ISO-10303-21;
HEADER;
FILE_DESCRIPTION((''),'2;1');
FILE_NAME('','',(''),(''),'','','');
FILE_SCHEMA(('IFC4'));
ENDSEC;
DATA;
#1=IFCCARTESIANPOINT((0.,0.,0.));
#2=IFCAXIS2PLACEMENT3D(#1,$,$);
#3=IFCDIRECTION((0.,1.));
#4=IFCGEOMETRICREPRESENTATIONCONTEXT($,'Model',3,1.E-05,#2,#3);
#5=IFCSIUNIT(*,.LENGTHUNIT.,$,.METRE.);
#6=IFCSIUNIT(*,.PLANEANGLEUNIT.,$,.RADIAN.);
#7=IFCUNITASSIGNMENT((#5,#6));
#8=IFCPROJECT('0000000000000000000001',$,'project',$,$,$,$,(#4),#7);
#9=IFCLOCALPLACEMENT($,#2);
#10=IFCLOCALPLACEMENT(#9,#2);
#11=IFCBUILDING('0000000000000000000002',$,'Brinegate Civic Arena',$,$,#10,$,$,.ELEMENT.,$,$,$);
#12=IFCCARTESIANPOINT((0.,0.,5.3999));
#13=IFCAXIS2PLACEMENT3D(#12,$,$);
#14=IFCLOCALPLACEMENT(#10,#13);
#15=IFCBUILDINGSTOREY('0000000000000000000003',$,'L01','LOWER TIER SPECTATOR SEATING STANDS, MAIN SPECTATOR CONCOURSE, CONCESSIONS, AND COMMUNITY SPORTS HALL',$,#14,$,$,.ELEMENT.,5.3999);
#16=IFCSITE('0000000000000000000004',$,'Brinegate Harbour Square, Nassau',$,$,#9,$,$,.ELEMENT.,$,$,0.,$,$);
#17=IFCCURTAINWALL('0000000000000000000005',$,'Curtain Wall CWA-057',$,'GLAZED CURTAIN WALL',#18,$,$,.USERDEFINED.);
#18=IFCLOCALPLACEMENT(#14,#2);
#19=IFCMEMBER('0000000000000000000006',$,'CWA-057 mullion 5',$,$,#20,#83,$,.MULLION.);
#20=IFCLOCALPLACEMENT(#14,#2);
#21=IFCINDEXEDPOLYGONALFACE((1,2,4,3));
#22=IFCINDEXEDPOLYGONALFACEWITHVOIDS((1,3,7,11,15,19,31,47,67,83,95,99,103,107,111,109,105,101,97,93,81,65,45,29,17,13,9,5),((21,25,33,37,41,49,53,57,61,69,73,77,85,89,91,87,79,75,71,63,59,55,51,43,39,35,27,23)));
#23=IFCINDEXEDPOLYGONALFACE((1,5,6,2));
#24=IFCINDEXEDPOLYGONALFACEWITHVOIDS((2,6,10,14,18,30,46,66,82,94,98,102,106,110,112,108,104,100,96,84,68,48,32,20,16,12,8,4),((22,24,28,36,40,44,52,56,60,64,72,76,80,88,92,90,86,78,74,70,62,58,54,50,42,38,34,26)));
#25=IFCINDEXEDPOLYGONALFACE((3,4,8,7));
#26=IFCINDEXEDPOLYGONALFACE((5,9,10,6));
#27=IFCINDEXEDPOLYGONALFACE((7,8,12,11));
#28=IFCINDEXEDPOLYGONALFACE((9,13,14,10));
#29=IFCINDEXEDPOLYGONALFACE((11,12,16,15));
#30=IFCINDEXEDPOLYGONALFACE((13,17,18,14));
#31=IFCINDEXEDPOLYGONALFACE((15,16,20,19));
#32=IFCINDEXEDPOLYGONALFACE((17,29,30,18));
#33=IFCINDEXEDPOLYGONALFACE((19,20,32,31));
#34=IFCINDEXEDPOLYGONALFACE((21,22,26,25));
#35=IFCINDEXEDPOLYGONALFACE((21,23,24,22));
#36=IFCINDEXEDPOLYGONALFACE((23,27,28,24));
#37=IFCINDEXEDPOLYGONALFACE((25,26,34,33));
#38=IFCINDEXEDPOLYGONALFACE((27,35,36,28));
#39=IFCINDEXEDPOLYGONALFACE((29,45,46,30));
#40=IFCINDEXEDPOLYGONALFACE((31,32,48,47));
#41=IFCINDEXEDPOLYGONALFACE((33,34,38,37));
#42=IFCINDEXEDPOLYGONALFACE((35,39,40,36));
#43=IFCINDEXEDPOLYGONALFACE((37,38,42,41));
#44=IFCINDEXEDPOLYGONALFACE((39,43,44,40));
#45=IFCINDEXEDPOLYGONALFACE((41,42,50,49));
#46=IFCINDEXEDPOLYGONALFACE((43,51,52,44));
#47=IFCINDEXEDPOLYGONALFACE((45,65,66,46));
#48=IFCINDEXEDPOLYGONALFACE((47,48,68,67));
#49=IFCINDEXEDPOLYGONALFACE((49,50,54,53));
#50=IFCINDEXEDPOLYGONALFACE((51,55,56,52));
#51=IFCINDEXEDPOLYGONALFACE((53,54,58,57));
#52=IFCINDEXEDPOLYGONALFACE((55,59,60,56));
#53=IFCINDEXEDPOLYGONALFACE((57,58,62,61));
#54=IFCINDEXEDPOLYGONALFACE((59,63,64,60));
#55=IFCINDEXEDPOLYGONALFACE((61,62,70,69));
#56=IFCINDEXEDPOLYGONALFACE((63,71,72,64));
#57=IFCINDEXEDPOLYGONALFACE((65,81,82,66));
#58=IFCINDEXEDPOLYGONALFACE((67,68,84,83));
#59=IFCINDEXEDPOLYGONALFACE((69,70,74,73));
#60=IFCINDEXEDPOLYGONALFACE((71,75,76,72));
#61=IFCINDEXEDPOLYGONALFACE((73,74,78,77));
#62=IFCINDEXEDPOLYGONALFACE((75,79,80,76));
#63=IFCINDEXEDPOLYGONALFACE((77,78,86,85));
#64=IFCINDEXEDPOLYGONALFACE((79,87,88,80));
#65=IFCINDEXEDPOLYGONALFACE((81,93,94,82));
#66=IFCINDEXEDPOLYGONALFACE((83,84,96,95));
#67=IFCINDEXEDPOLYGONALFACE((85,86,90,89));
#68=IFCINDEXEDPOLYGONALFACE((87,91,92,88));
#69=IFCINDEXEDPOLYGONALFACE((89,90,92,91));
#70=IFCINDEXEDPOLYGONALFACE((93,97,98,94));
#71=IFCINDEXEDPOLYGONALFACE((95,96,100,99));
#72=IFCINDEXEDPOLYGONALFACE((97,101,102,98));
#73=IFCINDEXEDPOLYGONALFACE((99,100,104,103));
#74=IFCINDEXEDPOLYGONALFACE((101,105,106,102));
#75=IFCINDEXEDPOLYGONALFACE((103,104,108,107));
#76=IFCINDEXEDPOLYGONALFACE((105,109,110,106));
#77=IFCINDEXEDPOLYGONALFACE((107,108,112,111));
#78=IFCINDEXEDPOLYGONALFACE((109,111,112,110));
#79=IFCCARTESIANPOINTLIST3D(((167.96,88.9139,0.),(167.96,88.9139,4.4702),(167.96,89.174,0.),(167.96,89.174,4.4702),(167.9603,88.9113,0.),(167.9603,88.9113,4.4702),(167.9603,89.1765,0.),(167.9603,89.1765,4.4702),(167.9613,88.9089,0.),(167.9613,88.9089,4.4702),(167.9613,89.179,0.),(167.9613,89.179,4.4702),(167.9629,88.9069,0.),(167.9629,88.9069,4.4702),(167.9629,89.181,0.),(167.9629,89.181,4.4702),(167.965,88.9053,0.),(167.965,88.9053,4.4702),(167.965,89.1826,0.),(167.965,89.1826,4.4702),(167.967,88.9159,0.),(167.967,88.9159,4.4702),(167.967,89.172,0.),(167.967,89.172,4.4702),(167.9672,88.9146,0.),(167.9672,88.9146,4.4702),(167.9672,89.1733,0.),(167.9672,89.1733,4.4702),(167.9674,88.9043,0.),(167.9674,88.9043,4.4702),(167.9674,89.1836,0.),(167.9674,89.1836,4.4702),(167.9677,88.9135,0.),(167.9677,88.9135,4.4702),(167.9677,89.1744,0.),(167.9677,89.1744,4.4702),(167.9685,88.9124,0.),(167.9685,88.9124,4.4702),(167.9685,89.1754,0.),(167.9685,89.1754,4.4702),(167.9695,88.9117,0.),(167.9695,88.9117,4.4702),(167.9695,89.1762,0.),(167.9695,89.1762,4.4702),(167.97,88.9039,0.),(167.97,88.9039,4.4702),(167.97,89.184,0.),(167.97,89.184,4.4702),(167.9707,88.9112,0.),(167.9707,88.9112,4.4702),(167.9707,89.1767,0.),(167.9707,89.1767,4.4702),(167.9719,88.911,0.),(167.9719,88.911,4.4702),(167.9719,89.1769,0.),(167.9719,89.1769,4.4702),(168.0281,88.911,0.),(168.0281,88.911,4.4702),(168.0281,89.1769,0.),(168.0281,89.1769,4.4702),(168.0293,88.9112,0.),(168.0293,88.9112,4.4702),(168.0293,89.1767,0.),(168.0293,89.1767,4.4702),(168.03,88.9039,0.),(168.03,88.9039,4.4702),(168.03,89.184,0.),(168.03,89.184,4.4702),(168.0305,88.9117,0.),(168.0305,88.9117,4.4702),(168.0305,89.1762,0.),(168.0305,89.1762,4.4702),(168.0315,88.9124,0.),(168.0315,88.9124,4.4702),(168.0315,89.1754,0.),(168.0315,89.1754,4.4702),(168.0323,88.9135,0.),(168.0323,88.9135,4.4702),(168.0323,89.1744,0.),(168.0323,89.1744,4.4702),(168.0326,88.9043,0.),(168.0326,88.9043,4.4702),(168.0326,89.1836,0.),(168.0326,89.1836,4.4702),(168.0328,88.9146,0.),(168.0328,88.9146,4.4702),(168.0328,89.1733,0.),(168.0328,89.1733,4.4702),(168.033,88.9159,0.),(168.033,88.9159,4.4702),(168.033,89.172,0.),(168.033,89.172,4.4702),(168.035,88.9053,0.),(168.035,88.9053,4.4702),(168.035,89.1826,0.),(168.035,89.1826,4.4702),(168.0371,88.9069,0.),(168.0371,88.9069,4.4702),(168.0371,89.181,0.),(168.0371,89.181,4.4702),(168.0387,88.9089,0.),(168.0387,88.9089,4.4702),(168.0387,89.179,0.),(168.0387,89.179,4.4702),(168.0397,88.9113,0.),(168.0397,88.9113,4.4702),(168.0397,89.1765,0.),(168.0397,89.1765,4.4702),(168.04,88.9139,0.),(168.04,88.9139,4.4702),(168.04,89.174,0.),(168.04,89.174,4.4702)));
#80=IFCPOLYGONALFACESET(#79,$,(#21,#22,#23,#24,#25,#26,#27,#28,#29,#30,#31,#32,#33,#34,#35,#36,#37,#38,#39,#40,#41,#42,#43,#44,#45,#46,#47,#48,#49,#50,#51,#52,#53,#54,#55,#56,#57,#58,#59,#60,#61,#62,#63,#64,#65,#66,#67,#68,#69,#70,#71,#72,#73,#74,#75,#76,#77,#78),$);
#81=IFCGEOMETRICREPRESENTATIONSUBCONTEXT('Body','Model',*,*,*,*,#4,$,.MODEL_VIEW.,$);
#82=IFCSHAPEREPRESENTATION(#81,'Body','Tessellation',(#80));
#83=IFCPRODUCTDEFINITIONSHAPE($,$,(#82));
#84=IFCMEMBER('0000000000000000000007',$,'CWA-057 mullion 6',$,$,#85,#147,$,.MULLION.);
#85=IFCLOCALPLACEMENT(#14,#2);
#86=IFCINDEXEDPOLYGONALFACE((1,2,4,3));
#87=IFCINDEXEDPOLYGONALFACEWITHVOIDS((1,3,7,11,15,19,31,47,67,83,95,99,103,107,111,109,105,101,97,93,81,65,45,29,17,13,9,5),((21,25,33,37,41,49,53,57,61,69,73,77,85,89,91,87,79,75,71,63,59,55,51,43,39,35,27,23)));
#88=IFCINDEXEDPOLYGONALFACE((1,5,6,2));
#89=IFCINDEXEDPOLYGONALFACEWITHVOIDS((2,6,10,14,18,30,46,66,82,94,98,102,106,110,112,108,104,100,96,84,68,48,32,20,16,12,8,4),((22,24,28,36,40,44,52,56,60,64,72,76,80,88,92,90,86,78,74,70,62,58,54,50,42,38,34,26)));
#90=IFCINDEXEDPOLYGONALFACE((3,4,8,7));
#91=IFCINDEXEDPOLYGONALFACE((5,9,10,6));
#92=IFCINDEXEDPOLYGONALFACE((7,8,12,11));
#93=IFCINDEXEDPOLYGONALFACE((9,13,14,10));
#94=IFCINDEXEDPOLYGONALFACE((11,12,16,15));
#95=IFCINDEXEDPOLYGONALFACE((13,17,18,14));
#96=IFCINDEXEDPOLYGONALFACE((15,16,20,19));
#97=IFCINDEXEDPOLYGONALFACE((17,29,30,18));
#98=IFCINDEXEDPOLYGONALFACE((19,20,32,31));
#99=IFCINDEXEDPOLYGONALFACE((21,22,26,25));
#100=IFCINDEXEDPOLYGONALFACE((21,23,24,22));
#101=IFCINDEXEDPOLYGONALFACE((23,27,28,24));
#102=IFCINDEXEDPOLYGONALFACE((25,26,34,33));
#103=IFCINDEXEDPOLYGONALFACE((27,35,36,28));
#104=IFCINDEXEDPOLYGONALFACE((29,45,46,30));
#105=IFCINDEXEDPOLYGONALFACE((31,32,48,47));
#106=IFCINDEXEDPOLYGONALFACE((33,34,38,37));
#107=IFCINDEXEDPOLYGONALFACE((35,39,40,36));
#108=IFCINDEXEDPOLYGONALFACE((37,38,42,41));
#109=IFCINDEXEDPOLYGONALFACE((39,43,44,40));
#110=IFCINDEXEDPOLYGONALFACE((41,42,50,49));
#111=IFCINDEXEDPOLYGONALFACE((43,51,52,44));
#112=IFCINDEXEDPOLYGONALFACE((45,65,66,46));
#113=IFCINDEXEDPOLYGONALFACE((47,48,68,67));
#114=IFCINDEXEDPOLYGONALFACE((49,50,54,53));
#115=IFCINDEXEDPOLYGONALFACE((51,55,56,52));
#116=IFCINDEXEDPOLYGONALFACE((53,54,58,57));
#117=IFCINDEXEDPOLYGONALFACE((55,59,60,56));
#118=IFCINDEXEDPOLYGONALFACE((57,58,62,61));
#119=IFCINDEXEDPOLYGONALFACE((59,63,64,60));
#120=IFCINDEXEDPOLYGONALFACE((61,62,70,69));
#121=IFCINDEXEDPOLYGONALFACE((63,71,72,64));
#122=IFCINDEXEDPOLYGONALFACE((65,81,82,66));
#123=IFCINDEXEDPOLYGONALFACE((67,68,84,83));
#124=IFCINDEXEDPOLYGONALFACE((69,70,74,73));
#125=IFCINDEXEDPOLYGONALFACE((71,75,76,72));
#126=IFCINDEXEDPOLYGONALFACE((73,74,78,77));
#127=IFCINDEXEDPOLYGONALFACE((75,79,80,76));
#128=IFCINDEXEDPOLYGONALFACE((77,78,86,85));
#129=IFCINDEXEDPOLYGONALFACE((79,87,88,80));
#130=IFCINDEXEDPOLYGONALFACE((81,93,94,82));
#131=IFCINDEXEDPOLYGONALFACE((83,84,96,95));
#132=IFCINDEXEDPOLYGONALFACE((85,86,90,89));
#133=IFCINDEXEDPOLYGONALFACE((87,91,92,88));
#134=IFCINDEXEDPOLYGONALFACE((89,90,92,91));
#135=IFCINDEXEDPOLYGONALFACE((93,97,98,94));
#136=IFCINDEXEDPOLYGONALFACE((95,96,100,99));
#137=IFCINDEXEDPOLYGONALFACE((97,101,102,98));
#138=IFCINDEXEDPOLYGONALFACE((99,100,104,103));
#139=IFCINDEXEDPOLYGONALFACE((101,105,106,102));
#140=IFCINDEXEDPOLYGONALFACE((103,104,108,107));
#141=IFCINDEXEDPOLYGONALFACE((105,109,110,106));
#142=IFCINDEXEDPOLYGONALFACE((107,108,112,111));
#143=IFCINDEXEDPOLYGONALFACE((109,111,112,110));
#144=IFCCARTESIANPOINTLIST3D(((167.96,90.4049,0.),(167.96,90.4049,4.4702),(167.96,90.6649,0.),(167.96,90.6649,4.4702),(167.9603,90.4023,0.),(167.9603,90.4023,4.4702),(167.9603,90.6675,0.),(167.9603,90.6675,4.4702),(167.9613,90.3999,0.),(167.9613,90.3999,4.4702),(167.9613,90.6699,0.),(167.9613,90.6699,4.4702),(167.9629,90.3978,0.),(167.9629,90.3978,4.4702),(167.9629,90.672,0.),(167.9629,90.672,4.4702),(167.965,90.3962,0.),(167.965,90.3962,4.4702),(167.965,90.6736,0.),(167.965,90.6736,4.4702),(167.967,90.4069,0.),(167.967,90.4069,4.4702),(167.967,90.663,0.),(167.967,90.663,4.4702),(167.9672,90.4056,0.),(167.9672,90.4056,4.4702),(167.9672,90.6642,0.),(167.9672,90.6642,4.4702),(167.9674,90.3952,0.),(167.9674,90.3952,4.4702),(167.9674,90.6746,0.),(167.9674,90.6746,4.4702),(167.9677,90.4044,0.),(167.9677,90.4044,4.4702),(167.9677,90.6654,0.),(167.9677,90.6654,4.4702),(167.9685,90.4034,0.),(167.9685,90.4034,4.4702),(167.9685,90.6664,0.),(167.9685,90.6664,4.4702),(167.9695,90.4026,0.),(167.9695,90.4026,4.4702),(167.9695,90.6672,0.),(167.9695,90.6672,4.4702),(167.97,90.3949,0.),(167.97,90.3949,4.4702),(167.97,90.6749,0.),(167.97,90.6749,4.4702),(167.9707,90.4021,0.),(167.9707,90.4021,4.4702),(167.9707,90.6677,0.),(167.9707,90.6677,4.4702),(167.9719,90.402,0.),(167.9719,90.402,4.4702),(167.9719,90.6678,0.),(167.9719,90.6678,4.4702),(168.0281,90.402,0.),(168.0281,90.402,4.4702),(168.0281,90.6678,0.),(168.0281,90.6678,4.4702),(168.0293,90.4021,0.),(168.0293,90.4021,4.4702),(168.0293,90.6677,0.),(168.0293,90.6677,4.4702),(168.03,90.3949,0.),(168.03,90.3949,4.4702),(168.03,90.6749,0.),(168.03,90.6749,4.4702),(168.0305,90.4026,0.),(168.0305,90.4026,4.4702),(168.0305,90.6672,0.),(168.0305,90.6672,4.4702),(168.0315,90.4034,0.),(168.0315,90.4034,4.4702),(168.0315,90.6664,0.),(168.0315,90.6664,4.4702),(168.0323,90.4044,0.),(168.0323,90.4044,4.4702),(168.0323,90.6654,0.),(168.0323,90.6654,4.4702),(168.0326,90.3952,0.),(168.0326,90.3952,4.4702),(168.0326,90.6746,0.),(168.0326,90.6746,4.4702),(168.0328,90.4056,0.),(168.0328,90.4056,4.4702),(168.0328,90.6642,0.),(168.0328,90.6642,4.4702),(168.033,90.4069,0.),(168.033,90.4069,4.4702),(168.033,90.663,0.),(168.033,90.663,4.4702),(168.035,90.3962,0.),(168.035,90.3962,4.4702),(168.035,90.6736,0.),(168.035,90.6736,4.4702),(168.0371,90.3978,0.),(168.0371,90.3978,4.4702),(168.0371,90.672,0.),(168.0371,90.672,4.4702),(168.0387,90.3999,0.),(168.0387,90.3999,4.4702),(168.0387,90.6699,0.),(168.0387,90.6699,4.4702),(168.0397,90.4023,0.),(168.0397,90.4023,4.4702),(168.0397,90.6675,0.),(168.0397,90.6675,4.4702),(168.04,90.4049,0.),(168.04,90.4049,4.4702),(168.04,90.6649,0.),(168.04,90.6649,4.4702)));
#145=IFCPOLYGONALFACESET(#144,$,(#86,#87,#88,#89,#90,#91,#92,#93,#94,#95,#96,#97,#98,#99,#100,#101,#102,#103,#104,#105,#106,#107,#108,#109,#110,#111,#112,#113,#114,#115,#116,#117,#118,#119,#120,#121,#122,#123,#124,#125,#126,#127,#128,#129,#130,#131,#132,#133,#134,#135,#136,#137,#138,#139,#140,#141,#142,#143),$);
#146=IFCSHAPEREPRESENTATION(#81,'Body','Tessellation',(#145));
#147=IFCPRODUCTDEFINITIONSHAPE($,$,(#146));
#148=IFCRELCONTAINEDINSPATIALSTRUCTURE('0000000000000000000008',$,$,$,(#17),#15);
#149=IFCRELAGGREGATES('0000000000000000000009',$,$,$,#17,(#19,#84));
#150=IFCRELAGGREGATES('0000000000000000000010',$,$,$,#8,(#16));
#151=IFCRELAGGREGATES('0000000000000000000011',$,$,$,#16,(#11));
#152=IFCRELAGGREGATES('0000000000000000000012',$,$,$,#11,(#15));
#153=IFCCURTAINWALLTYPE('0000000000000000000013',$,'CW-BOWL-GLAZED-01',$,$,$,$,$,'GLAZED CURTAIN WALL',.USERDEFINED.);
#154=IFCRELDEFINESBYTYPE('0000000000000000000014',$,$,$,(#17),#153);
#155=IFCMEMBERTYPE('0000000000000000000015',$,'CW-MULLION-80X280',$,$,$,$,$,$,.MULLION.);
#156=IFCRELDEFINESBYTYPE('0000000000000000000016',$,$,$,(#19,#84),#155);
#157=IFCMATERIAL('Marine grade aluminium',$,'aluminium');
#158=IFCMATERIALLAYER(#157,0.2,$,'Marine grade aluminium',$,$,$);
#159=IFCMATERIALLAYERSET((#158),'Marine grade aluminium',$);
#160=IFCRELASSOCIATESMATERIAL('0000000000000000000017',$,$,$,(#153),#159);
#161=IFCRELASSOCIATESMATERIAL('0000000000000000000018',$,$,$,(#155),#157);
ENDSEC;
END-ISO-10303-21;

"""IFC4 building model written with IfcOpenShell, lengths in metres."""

from ifc_helpers import new_model, si_unit, direction, frame, origin, origin_2d, place, context, subcontext, project, spatial, hollow_rectangle, extrude, material, layer, layer_set, material_profile, profile_set, type_object, element, aggregate, save


model = new_model("IFC4")

# Units and contexts
model_context = context("Model", 3, precision=1e-05, world=origin(), true_north=direction((0.0, 1.0)))
body_context = subcontext(model_context, "Body", "Model", "MODEL_VIEW")
ifc_project = project(units=[si_unit("LENGTHUNIT", "METRE"), si_unit("PLANEANGLEUNIT", "RADIAN")], contexts=[model_context])

# Site, building, storey
site_placement = place(None, origin())
site = spatial("IfcSite", under=ifc_project, at=site_placement, Name="Brinegate Harbour Square, Nassau", CompositionType="ELEMENT", RefElevation=0.0)
building_placement = place(site_placement, origin())
building = spatial("IfcBuilding", under=site, at=building_placement, Name="Brinegate Civic Arena", CompositionType="ELEMENT")
storey_placement = place(building_placement, frame((0.0, 0.0, 5.3999)))
storey = spatial("IfcBuildingStorey", under=building, at=storey_placement, Name="L01", Description="LOWER TIER SPECTATOR SEATING STANDS, MAIN SPECTATOR CONCOURSE, CONCESSIONS, AND COMMUNITY SPORTS HALL", CompositionType="ELEMENT", Elevation=5.3999)

# Curtain wall, members
ifc_material_1 = material(Name="Marine grade aluminium", Category="aluminium")
ifc_layer_1 = layer(ifc_material_1, 0.2, Name="Marine grade aluminium")
ifc_layer_set_1 = layer_set([ifc_layer_1], Name="Marine grade aluminium")
curtain_wall_type = type_object("IfcCurtainWallType", Name="CW-BOWL-GLAZED-01", ElementType="GLAZED CURTAIN WALL", PredefinedType="USERDEFINED", material=ifc_layer_set_1)
curtain_wall_1_placement = place(storey_placement, origin())
curtain_wall_1 = element("IfcCurtainWall", 1, at=curtain_wall_1_placement, inside=storey, type_object=curtain_wall_type, Name="Curtain Wall CWA-057", ObjectType="GLAZED CURTAIN WALL", PredefinedType="USERDEFINED")
ifc_material_profile_1 = material_profile(ifc_material_1, hollow_rectangle(XDim=0.0801, YDim=0.28, WallThickness=0.0071, InnerFilletRadius=0.0049, OuterFilletRadius=0.01, at=origin_2d()), Name="MUL80X280")
ifc_profile_set_1 = profile_set([ifc_material_profile_1], Name="Marine grade aluminium")
member_type_1 = type_object("IfcMemberType", Name="CW-MULLION-80X280", PredefinedType="MULLION", material=ifc_profile_set_1)
member_1_placement = place(storey_placement, frame((168.0, 89.0439, 0.0), z_axis=(0.0, 0.0, 1.0), x_axis=(-1.0, 0.0, 0.0)))
member_1 = element("IfcMember", 2, at=member_1_placement, type_object=member_type_1, Name="CWA-057 mullion 5", PredefinedType="MULLION", context=body_context, shape_type="SweptSolid", body=[
    extrude(hollow_rectangle(XDim=0.0801, YDim=0.28, WallThickness=0.0071, InnerFilletRadius=0.0049, OuterFilletRadius=0.01, at=origin_2d()), origin(), (0.0, 0.0, 1.0), 4.4702),
])
member_2_placement = place(storey_placement, frame((168.0, 90.5349, 0.0), z_axis=(0.0, 0.0, 1.0), x_axis=(-1.0, 0.0, 0.0)))
member_2 = element("IfcMember", 3, at=member_2_placement, type_object=member_type_1, Name="CWA-057 mullion 6", PredefinedType="MULLION", context=body_context, shape_type="SweptSolid", body=[
    extrude(hollow_rectangle(XDim=0.0801, YDim=0.28, WallThickness=0.0071, InnerFilletRadius=0.0049, OuterFilletRadius=0.01, at=origin_2d()), origin(), (0.0, 0.0, 1.0), 4.4702),
])

aggregate(curtain_wall_1, [member_1, member_2])

save(model, "model.ifc")
